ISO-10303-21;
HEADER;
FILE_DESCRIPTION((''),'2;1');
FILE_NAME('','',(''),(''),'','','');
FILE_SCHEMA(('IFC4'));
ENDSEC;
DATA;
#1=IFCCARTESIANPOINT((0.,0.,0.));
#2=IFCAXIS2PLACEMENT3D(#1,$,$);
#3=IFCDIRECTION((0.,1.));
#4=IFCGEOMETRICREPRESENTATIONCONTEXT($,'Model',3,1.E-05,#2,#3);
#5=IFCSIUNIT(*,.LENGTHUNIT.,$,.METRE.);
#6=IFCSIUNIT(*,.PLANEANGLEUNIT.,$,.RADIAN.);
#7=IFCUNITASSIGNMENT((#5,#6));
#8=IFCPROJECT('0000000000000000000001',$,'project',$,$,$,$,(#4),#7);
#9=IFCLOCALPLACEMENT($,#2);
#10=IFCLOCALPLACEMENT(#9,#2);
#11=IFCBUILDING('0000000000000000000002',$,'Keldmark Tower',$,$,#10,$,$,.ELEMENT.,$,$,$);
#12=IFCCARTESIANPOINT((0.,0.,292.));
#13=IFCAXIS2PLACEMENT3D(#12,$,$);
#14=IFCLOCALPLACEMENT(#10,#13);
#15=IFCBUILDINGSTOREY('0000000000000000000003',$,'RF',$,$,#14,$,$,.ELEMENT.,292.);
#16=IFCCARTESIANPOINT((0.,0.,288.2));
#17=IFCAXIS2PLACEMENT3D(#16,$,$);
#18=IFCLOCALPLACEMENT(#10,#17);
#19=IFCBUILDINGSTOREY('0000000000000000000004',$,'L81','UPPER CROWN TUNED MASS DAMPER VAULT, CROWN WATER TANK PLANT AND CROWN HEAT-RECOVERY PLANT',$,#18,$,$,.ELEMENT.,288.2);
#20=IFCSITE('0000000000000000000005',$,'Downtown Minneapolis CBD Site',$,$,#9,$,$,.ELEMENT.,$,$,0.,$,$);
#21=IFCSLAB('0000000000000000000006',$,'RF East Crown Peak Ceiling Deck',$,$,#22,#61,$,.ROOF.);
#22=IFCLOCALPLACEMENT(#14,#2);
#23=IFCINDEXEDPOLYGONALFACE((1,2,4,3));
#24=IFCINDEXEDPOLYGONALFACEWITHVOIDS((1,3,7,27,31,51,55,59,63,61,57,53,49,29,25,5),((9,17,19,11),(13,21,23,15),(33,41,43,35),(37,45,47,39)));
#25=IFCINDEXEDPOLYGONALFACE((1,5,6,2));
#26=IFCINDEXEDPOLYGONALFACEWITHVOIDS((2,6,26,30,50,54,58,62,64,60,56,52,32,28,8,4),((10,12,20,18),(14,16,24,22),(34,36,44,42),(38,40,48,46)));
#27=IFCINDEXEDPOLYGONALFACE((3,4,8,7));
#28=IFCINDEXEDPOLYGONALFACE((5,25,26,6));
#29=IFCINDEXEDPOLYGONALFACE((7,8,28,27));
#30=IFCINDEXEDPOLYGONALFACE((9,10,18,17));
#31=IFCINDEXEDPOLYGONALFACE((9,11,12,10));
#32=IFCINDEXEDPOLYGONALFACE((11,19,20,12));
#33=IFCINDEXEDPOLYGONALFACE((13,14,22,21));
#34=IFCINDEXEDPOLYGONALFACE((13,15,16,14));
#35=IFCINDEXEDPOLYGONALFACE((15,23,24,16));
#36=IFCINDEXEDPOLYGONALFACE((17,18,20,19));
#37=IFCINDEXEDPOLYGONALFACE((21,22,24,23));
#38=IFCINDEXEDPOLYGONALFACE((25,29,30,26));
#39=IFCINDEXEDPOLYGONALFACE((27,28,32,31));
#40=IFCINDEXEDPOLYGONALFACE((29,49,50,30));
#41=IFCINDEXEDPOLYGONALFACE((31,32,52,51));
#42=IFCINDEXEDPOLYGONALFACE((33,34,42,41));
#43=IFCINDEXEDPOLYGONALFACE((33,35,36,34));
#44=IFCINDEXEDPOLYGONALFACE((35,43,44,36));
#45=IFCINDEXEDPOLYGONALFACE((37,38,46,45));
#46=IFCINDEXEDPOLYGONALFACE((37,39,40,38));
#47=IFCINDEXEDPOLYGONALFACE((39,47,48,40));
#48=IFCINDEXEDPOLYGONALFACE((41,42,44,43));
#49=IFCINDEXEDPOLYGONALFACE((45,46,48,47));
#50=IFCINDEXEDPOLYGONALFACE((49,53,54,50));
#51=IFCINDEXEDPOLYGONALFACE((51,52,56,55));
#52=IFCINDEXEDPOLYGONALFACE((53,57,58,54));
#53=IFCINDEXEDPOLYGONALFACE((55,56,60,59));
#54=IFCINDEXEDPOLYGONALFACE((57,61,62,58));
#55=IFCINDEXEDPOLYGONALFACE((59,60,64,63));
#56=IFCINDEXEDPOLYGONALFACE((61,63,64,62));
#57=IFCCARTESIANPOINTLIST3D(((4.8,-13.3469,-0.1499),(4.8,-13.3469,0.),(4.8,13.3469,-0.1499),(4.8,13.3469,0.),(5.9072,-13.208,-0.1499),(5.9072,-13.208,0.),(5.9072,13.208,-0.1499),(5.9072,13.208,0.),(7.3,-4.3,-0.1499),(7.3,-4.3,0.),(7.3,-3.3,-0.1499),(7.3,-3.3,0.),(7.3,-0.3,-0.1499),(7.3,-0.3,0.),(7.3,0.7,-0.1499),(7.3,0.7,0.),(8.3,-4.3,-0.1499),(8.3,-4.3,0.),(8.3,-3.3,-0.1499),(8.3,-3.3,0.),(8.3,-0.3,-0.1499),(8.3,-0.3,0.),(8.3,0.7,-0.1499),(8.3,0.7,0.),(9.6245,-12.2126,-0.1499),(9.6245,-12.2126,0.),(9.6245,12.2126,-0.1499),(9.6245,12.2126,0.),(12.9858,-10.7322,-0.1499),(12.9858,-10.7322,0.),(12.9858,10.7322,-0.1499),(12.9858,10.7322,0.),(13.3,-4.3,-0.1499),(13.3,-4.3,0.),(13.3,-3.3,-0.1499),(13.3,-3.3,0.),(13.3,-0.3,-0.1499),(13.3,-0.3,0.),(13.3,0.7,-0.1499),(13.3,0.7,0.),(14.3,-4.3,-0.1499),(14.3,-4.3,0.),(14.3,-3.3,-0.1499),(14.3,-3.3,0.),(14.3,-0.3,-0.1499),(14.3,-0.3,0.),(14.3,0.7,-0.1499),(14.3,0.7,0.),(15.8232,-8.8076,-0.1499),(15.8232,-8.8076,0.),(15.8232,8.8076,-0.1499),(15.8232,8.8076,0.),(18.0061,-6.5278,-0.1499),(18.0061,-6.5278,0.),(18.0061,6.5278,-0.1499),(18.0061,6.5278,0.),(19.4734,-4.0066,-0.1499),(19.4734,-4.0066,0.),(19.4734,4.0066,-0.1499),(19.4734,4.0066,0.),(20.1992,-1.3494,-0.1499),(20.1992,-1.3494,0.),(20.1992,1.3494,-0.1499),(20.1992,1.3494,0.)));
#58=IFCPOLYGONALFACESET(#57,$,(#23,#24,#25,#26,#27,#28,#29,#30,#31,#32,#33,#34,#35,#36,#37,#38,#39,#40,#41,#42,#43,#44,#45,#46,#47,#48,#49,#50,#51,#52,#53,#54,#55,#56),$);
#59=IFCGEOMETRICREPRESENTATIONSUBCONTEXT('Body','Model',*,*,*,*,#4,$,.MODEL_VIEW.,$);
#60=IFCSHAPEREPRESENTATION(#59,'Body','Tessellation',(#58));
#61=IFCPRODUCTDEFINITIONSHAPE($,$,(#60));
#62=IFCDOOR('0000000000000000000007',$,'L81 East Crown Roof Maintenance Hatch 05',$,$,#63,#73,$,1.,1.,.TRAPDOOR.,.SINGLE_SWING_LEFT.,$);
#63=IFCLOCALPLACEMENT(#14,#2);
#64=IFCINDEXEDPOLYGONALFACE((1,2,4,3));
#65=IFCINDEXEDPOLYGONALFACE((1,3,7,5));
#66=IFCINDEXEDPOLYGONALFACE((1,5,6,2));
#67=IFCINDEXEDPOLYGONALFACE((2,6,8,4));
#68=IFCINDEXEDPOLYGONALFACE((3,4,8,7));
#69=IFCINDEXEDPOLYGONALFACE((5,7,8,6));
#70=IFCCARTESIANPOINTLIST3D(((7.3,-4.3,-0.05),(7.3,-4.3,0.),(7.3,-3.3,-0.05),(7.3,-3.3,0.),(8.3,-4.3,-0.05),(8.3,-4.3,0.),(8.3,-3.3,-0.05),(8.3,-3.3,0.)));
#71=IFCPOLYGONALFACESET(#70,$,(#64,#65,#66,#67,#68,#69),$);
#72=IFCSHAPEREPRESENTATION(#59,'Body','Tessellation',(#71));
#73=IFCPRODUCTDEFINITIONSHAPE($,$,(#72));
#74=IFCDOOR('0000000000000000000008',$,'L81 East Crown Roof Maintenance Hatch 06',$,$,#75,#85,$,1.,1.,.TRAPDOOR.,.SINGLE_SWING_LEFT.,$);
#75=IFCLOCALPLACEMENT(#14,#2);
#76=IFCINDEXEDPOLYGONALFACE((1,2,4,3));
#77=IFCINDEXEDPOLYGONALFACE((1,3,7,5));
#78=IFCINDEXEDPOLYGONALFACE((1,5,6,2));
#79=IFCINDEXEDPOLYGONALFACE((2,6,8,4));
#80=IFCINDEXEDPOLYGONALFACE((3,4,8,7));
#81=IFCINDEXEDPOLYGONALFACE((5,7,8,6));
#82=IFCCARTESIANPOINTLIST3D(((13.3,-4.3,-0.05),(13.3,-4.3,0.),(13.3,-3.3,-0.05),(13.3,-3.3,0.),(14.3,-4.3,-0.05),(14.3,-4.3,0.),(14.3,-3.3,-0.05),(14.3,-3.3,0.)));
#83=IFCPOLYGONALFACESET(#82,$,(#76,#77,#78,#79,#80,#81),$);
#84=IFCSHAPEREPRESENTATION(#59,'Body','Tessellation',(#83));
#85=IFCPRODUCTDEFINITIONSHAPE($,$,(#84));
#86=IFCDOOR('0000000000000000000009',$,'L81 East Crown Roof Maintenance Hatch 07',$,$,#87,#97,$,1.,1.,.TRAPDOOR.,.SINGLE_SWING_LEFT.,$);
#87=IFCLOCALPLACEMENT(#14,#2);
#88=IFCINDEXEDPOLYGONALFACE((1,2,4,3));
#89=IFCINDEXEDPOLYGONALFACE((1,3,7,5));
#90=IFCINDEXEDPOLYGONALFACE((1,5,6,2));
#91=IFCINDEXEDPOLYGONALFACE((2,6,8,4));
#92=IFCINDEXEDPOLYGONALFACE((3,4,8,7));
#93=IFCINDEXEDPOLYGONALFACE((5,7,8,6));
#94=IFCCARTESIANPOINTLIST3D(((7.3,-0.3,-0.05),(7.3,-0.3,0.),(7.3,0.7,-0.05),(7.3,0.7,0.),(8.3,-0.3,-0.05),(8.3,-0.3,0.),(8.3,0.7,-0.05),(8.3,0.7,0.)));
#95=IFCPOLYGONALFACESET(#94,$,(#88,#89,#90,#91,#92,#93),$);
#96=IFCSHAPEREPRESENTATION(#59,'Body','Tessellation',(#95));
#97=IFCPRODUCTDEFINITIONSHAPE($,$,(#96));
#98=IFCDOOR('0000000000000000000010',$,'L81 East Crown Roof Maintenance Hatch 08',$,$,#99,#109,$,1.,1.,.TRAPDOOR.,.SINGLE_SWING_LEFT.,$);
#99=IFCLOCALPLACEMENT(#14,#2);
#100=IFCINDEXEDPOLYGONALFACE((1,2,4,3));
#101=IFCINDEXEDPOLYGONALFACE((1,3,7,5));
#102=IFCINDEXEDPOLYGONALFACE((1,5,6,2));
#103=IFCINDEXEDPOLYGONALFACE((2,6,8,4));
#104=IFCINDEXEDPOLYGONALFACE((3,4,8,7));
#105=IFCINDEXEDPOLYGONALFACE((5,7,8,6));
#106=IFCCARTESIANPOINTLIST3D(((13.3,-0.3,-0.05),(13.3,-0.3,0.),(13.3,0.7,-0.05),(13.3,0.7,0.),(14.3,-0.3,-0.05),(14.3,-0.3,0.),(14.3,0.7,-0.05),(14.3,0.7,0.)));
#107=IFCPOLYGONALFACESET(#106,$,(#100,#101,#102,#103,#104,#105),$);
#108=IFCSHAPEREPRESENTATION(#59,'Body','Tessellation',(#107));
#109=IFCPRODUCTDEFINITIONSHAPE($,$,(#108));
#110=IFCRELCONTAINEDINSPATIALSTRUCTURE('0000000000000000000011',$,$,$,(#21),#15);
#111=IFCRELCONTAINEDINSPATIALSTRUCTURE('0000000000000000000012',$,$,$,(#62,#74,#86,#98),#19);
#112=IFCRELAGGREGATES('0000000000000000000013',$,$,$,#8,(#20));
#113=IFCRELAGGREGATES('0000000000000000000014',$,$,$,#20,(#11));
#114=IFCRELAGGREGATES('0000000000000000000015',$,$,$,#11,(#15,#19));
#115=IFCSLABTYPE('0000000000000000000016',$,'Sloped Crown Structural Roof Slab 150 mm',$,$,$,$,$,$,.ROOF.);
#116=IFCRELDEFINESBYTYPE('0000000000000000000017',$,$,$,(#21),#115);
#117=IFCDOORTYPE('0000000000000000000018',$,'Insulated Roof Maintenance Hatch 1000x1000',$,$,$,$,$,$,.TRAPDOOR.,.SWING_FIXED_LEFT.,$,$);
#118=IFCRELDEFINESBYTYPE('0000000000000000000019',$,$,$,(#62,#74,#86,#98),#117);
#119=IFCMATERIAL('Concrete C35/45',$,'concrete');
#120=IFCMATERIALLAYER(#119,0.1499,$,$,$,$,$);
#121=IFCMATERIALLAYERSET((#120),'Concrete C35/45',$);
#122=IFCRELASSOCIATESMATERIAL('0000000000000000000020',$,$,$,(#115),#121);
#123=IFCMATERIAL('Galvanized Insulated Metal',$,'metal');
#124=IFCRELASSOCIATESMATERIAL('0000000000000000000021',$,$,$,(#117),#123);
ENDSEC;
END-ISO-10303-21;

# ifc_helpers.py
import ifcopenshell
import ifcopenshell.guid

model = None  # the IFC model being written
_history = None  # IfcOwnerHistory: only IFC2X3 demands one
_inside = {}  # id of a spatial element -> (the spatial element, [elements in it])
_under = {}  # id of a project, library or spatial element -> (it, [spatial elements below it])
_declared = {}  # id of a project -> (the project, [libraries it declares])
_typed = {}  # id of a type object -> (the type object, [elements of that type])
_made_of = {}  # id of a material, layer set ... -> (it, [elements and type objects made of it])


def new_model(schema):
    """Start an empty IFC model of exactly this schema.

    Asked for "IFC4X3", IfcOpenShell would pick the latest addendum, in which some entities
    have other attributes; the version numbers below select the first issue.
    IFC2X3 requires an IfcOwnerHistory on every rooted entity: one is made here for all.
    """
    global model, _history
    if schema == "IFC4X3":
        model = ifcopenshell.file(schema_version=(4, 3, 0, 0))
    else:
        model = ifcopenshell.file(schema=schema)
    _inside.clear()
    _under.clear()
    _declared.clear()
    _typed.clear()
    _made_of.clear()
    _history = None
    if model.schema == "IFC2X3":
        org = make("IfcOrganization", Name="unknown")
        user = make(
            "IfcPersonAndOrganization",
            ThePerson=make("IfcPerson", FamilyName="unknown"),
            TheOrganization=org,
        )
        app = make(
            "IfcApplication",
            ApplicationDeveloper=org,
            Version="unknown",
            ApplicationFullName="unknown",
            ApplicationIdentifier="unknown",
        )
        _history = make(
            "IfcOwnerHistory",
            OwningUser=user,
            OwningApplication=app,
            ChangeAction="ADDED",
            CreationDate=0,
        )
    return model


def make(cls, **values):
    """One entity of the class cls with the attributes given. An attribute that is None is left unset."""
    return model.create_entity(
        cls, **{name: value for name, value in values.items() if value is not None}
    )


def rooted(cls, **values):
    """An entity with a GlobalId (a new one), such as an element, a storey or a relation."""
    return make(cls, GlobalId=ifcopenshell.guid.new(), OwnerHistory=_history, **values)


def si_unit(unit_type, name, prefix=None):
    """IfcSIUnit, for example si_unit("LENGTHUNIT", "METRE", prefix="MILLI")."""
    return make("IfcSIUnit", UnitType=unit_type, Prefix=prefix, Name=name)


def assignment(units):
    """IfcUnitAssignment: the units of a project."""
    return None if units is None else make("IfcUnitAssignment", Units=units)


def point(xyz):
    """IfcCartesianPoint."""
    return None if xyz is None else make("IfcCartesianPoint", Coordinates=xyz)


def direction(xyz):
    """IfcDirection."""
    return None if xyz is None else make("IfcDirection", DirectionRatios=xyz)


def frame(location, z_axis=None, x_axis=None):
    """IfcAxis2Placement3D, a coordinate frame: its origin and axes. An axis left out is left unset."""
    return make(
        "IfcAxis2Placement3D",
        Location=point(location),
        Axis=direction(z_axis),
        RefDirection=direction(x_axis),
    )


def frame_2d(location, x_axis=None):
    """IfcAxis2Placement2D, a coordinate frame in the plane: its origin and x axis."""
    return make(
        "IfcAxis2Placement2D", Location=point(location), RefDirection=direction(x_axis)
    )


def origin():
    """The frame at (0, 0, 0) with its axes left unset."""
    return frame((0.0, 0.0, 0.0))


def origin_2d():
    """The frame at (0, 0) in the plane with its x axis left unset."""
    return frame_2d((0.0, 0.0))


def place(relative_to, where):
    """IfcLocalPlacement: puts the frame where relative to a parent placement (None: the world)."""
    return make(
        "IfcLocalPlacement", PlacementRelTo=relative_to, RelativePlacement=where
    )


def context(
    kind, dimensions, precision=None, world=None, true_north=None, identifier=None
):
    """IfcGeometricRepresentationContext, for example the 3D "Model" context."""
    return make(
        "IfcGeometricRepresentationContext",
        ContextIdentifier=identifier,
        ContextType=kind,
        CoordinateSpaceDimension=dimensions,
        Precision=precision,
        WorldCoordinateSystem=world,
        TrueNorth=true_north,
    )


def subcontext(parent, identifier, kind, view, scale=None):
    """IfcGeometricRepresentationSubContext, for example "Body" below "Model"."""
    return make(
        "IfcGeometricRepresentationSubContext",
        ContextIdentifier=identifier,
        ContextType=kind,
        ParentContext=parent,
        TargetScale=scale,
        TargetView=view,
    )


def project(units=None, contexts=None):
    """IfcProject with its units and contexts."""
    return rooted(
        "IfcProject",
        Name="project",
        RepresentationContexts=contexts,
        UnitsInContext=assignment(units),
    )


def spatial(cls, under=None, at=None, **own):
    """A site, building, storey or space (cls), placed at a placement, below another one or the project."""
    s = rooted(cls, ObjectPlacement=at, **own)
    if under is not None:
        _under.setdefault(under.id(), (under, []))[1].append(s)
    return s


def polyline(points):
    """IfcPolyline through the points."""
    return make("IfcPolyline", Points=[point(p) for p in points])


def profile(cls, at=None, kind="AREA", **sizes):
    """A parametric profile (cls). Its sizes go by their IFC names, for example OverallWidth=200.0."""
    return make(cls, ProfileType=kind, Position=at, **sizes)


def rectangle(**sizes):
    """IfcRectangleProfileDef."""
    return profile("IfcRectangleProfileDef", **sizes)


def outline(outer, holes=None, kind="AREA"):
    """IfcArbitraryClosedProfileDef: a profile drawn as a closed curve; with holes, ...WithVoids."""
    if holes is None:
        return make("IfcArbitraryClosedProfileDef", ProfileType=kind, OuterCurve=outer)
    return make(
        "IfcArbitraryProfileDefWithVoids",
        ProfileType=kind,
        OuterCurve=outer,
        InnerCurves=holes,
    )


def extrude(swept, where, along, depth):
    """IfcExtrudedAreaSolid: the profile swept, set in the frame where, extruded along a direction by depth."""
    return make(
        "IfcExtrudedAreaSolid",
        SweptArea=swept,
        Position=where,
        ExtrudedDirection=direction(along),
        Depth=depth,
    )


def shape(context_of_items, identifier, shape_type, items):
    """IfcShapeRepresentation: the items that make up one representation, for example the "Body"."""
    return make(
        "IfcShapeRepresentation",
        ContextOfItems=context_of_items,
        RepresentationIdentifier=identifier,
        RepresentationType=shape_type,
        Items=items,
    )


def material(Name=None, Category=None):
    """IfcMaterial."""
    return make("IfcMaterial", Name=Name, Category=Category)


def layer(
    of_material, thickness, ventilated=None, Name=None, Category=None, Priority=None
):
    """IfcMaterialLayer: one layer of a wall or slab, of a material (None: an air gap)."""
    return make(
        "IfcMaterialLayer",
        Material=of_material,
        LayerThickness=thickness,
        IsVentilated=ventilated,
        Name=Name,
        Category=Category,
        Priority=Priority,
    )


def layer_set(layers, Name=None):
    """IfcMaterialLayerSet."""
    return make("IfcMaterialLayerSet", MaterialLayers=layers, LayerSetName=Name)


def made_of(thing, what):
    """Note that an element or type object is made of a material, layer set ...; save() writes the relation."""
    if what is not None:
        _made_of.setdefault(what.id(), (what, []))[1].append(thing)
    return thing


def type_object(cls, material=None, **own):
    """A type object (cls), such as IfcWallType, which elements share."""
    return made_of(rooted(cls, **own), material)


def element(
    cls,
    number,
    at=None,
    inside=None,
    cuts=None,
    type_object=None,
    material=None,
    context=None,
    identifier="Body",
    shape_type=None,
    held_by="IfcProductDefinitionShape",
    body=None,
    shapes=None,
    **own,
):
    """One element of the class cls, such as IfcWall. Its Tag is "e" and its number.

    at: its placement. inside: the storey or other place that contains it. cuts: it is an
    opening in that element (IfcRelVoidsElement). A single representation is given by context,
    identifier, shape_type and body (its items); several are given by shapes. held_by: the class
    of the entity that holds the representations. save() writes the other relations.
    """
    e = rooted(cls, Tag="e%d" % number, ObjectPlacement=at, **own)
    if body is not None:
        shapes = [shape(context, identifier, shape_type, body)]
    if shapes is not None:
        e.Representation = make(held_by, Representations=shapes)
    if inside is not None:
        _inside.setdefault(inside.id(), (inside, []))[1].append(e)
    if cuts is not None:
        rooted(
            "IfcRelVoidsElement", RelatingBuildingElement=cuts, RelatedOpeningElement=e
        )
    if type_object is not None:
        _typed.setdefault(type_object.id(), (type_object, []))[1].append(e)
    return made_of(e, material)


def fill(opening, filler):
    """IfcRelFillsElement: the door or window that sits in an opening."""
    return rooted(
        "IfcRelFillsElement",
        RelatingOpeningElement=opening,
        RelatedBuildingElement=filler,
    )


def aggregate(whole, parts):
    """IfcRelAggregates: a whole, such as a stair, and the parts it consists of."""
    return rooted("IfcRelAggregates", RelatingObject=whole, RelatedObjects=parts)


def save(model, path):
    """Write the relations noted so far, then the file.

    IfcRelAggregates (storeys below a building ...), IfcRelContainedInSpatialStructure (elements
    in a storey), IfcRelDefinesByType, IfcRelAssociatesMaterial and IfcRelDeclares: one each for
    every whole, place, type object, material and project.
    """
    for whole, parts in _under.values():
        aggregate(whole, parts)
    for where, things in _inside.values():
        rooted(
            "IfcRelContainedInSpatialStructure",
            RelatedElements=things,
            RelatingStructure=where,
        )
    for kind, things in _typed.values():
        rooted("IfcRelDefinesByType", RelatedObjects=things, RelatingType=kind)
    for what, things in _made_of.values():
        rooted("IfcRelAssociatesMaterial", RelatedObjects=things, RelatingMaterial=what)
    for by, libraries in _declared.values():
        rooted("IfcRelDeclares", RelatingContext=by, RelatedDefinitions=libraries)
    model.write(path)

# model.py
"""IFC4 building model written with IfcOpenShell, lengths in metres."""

from ifc_helpers import new_model, si_unit, direction, frame, origin, origin_2d, place, context, subcontext, project, spatial, polyline, rectangle, outline, extrude, material, layer, layer_set, type_object, element, fill, save


model = new_model("IFC4")

# Units and contexts
model_context = context("Model", 3, precision=1e-05, world=origin(), true_north=direction((0.0, 1.0)))
body_context = subcontext(model_context, "Body", "Model", "MODEL_VIEW")
ifc_project = project(units=[si_unit("LENGTHUNIT", "METRE"), si_unit("PLANEANGLEUNIT", "RADIAN")], contexts=[model_context])

# Site, building, storey
site_placement = place(None, origin())
site = spatial("IfcSite", under=ifc_project, at=site_placement, Name="Downtown Minneapolis CBD Site", CompositionType="ELEMENT", RefElevation=0.0)
building_placement = place(site_placement, origin())
building = spatial("IfcBuilding", under=site, at=building_placement, Name="Keldmark Tower", CompositionType="ELEMENT")
storey_1_placement = place(building_placement, frame((0.0, 0.0, 292.0)))
storey_1 = spatial("IfcBuildingStorey", under=building, at=storey_1_placement, Name="RF", CompositionType="ELEMENT", Elevation=292.0)

# Slab, openings
ifc_material_1 = material(Name="Concrete C35/45", Category="concrete")
ifc_layer_1 = layer(ifc_material_1, 0.1499)
ifc_layer_set_1 = layer_set([ifc_layer_1], Name="Concrete C35/45")
slab_type = type_object("IfcSlabType", Name="Sloped Crown Structural Roof Slab 150 mm", PredefinedType="ROOF", material=ifc_layer_set_1)
slab_1_placement = place(storey_1_placement, frame((0.0, 0.0, -0.1499)))
slab_1 = element("IfcSlab", 1, at=slab_1_placement, inside=storey_1, type_object=slab_type, Name="RF East Crown Peak Ceiling Deck", PredefinedType="ROOF", context=body_context, shape_type="SweptSolid", body=[
    extrude(outline(polyline([(5.9072, 13.208), (9.6245, 12.2126), (12.9858, 10.7322), (15.8232, 8.8076), (18.0061, 6.5278), (19.4734, 4.0066), (20.1992, 1.3494), (20.1992, -1.3494), (19.4734, -4.0066), (18.0061, -6.5278), (15.8232, -8.8076), (12.9858, -10.7322), (9.6245, -12.2126), (5.9072, -13.208), (4.8, -13.3469), (4.8, 13.3469), (5.9072, 13.208)])), origin(), (0.0, 0.0, 1.0), 0.1499),
])
opening_1_placement = place(slab_1_placement, frame((7.8, -3.8, 0.0)))
opening_1 = element("IfcOpeningElement", 2, at=opening_1_placement, cuts=slab_1, PredefinedType="OPENING", context=body_context, shape_type="SweptSolid", body=[
    extrude(rectangle(XDim=1.0, YDim=1.0, at=origin_2d()), origin(), (0.0, 0.0, 1.0), 0.1499),
])
opening_2_placement = place(slab_1_placement, frame((13.8, -3.8, 0.0)))
opening_2 = element("IfcOpeningElement", 3, at=opening_2_placement, cuts=slab_1, PredefinedType="OPENING", context=body_context, shape_type="SweptSolid", body=[
    extrude(rectangle(XDim=1.0, YDim=1.0, at=origin_2d()), origin(), (0.0, 0.0, 1.0), 0.1499),
])
opening_3_placement = place(slab_1_placement, frame((7.8, 0.2, 0.0)))
opening_3 = element("IfcOpeningElement", 4, at=opening_3_placement, cuts=slab_1, PredefinedType="OPENING", context=body_context, shape_type="SweptSolid", body=[
    extrude(rectangle(XDim=1.0, YDim=1.0, at=origin_2d()), origin(), (0.0, 0.0, 1.0), 0.1499),
])
opening_4_placement = place(slab_1_placement, frame((13.8, 0.2, 0.0)))
opening_4 = element("IfcOpeningElement", 5, at=opening_4_placement, cuts=slab_1, PredefinedType="OPENING", context=body_context, shape_type="SweptSolid", body=[
    extrude(rectangle(XDim=1.0, YDim=1.0, at=origin_2d()), origin(), (0.0, 0.0, 1.0), 0.1499),
])

# Shared definitions
storey_2_placement = place(building_placement, frame((0.0, 0.0, 288.2)))
storey_2 = spatial("IfcBuildingStorey", under=building, at=storey_2_placement, Name="L81", Description="UPPER CROWN TUNED MASS DAMPER VAULT, CROWN WATER TANK PLANT AND CROWN HEAT-RECOVERY PLANT", CompositionType="ELEMENT", Elevation=288.2)

# Doors
ifc_material_2 = material(Name="Galvanized Insulated Metal", Category="metal")
door_type = type_object("IfcDoorType", Name="Insulated Roof Maintenance Hatch 1000x1000", OperationType="SWING_FIXED_LEFT", PredefinedType="TRAPDOOR", material=ifc_material_2)
door_1_placement = place(opening_1_placement, frame((0.0, 0.0, 0.0999)))
door_1 = element("IfcDoor", 6, at=door_1_placement, inside=storey_2, type_object=door_type, Name="L81 East Crown Roof Maintenance Hatch 05", OperationType="SINGLE_SWING_LEFT", OverallHeight=1.0, OverallWidth=1.0, PredefinedType="TRAPDOOR", context=body_context, shape_type="SweptSolid", body=[
    extrude(rectangle(XDim=1.0, YDim=1.0, at=origin_2d()), origin(), (0.0, 0.0, 1.0), 0.05),
])
fill(opening_1, door_1)
door_2_placement = place(opening_2_placement, frame((0.0, 0.0, 0.0999)))
door_2 = element("IfcDoor", 7, at=door_2_placement, inside=storey_2, type_object=door_type, Name="L81 East Crown Roof Maintenance Hatch 06", OperationType="SINGLE_SWING_LEFT", OverallHeight=1.0, OverallWidth=1.0, PredefinedType="TRAPDOOR", context=body_context, shape_type="SweptSolid", body=[
    extrude(rectangle(XDim=1.0, YDim=1.0, at=origin_2d()), origin(), (0.0, 0.0, 1.0), 0.05),
])
fill(opening_2, door_2)
door_3_placement = place(opening_3_placement, frame((0.0, 0.0, 0.0999)))
door_3 = element("IfcDoor", 8, at=door_3_placement, inside=storey_2, type_object=door_type, Name="L81 East Crown Roof Maintenance Hatch 07", OperationType="SINGLE_SWING_LEFT", OverallHeight=1.0, OverallWidth=1.0, PredefinedType="TRAPDOOR", context=body_context, shape_type="SweptSolid", body=[
    extrude(rectangle(XDim=1.0, YDim=1.0, at=origin_2d()), origin(), (0.0, 0.0, 1.0), 0.05),
])
fill(opening_3, door_3)
door_4_placement = place(opening_4_placement, frame((0.0, 0.0, 0.0999)))
door_4 = element("IfcDoor", 9, at=door_4_placement, inside=storey_2, type_object=door_type, Name="L81 East Crown Roof Maintenance Hatch 08", OperationType="SINGLE_SWING_LEFT", OverallHeight=1.0, OverallWidth=1.0, PredefinedType="TRAPDOOR", context=body_context, shape_type="SweptSolid", body=[
    extrude(rectangle(XDim=1.0, YDim=1.0, at=origin_2d()), origin(), (0.0, 0.0, 1.0), 0.05),
])
fill(opening_4, door_4)

save(model, "model.ifc")
